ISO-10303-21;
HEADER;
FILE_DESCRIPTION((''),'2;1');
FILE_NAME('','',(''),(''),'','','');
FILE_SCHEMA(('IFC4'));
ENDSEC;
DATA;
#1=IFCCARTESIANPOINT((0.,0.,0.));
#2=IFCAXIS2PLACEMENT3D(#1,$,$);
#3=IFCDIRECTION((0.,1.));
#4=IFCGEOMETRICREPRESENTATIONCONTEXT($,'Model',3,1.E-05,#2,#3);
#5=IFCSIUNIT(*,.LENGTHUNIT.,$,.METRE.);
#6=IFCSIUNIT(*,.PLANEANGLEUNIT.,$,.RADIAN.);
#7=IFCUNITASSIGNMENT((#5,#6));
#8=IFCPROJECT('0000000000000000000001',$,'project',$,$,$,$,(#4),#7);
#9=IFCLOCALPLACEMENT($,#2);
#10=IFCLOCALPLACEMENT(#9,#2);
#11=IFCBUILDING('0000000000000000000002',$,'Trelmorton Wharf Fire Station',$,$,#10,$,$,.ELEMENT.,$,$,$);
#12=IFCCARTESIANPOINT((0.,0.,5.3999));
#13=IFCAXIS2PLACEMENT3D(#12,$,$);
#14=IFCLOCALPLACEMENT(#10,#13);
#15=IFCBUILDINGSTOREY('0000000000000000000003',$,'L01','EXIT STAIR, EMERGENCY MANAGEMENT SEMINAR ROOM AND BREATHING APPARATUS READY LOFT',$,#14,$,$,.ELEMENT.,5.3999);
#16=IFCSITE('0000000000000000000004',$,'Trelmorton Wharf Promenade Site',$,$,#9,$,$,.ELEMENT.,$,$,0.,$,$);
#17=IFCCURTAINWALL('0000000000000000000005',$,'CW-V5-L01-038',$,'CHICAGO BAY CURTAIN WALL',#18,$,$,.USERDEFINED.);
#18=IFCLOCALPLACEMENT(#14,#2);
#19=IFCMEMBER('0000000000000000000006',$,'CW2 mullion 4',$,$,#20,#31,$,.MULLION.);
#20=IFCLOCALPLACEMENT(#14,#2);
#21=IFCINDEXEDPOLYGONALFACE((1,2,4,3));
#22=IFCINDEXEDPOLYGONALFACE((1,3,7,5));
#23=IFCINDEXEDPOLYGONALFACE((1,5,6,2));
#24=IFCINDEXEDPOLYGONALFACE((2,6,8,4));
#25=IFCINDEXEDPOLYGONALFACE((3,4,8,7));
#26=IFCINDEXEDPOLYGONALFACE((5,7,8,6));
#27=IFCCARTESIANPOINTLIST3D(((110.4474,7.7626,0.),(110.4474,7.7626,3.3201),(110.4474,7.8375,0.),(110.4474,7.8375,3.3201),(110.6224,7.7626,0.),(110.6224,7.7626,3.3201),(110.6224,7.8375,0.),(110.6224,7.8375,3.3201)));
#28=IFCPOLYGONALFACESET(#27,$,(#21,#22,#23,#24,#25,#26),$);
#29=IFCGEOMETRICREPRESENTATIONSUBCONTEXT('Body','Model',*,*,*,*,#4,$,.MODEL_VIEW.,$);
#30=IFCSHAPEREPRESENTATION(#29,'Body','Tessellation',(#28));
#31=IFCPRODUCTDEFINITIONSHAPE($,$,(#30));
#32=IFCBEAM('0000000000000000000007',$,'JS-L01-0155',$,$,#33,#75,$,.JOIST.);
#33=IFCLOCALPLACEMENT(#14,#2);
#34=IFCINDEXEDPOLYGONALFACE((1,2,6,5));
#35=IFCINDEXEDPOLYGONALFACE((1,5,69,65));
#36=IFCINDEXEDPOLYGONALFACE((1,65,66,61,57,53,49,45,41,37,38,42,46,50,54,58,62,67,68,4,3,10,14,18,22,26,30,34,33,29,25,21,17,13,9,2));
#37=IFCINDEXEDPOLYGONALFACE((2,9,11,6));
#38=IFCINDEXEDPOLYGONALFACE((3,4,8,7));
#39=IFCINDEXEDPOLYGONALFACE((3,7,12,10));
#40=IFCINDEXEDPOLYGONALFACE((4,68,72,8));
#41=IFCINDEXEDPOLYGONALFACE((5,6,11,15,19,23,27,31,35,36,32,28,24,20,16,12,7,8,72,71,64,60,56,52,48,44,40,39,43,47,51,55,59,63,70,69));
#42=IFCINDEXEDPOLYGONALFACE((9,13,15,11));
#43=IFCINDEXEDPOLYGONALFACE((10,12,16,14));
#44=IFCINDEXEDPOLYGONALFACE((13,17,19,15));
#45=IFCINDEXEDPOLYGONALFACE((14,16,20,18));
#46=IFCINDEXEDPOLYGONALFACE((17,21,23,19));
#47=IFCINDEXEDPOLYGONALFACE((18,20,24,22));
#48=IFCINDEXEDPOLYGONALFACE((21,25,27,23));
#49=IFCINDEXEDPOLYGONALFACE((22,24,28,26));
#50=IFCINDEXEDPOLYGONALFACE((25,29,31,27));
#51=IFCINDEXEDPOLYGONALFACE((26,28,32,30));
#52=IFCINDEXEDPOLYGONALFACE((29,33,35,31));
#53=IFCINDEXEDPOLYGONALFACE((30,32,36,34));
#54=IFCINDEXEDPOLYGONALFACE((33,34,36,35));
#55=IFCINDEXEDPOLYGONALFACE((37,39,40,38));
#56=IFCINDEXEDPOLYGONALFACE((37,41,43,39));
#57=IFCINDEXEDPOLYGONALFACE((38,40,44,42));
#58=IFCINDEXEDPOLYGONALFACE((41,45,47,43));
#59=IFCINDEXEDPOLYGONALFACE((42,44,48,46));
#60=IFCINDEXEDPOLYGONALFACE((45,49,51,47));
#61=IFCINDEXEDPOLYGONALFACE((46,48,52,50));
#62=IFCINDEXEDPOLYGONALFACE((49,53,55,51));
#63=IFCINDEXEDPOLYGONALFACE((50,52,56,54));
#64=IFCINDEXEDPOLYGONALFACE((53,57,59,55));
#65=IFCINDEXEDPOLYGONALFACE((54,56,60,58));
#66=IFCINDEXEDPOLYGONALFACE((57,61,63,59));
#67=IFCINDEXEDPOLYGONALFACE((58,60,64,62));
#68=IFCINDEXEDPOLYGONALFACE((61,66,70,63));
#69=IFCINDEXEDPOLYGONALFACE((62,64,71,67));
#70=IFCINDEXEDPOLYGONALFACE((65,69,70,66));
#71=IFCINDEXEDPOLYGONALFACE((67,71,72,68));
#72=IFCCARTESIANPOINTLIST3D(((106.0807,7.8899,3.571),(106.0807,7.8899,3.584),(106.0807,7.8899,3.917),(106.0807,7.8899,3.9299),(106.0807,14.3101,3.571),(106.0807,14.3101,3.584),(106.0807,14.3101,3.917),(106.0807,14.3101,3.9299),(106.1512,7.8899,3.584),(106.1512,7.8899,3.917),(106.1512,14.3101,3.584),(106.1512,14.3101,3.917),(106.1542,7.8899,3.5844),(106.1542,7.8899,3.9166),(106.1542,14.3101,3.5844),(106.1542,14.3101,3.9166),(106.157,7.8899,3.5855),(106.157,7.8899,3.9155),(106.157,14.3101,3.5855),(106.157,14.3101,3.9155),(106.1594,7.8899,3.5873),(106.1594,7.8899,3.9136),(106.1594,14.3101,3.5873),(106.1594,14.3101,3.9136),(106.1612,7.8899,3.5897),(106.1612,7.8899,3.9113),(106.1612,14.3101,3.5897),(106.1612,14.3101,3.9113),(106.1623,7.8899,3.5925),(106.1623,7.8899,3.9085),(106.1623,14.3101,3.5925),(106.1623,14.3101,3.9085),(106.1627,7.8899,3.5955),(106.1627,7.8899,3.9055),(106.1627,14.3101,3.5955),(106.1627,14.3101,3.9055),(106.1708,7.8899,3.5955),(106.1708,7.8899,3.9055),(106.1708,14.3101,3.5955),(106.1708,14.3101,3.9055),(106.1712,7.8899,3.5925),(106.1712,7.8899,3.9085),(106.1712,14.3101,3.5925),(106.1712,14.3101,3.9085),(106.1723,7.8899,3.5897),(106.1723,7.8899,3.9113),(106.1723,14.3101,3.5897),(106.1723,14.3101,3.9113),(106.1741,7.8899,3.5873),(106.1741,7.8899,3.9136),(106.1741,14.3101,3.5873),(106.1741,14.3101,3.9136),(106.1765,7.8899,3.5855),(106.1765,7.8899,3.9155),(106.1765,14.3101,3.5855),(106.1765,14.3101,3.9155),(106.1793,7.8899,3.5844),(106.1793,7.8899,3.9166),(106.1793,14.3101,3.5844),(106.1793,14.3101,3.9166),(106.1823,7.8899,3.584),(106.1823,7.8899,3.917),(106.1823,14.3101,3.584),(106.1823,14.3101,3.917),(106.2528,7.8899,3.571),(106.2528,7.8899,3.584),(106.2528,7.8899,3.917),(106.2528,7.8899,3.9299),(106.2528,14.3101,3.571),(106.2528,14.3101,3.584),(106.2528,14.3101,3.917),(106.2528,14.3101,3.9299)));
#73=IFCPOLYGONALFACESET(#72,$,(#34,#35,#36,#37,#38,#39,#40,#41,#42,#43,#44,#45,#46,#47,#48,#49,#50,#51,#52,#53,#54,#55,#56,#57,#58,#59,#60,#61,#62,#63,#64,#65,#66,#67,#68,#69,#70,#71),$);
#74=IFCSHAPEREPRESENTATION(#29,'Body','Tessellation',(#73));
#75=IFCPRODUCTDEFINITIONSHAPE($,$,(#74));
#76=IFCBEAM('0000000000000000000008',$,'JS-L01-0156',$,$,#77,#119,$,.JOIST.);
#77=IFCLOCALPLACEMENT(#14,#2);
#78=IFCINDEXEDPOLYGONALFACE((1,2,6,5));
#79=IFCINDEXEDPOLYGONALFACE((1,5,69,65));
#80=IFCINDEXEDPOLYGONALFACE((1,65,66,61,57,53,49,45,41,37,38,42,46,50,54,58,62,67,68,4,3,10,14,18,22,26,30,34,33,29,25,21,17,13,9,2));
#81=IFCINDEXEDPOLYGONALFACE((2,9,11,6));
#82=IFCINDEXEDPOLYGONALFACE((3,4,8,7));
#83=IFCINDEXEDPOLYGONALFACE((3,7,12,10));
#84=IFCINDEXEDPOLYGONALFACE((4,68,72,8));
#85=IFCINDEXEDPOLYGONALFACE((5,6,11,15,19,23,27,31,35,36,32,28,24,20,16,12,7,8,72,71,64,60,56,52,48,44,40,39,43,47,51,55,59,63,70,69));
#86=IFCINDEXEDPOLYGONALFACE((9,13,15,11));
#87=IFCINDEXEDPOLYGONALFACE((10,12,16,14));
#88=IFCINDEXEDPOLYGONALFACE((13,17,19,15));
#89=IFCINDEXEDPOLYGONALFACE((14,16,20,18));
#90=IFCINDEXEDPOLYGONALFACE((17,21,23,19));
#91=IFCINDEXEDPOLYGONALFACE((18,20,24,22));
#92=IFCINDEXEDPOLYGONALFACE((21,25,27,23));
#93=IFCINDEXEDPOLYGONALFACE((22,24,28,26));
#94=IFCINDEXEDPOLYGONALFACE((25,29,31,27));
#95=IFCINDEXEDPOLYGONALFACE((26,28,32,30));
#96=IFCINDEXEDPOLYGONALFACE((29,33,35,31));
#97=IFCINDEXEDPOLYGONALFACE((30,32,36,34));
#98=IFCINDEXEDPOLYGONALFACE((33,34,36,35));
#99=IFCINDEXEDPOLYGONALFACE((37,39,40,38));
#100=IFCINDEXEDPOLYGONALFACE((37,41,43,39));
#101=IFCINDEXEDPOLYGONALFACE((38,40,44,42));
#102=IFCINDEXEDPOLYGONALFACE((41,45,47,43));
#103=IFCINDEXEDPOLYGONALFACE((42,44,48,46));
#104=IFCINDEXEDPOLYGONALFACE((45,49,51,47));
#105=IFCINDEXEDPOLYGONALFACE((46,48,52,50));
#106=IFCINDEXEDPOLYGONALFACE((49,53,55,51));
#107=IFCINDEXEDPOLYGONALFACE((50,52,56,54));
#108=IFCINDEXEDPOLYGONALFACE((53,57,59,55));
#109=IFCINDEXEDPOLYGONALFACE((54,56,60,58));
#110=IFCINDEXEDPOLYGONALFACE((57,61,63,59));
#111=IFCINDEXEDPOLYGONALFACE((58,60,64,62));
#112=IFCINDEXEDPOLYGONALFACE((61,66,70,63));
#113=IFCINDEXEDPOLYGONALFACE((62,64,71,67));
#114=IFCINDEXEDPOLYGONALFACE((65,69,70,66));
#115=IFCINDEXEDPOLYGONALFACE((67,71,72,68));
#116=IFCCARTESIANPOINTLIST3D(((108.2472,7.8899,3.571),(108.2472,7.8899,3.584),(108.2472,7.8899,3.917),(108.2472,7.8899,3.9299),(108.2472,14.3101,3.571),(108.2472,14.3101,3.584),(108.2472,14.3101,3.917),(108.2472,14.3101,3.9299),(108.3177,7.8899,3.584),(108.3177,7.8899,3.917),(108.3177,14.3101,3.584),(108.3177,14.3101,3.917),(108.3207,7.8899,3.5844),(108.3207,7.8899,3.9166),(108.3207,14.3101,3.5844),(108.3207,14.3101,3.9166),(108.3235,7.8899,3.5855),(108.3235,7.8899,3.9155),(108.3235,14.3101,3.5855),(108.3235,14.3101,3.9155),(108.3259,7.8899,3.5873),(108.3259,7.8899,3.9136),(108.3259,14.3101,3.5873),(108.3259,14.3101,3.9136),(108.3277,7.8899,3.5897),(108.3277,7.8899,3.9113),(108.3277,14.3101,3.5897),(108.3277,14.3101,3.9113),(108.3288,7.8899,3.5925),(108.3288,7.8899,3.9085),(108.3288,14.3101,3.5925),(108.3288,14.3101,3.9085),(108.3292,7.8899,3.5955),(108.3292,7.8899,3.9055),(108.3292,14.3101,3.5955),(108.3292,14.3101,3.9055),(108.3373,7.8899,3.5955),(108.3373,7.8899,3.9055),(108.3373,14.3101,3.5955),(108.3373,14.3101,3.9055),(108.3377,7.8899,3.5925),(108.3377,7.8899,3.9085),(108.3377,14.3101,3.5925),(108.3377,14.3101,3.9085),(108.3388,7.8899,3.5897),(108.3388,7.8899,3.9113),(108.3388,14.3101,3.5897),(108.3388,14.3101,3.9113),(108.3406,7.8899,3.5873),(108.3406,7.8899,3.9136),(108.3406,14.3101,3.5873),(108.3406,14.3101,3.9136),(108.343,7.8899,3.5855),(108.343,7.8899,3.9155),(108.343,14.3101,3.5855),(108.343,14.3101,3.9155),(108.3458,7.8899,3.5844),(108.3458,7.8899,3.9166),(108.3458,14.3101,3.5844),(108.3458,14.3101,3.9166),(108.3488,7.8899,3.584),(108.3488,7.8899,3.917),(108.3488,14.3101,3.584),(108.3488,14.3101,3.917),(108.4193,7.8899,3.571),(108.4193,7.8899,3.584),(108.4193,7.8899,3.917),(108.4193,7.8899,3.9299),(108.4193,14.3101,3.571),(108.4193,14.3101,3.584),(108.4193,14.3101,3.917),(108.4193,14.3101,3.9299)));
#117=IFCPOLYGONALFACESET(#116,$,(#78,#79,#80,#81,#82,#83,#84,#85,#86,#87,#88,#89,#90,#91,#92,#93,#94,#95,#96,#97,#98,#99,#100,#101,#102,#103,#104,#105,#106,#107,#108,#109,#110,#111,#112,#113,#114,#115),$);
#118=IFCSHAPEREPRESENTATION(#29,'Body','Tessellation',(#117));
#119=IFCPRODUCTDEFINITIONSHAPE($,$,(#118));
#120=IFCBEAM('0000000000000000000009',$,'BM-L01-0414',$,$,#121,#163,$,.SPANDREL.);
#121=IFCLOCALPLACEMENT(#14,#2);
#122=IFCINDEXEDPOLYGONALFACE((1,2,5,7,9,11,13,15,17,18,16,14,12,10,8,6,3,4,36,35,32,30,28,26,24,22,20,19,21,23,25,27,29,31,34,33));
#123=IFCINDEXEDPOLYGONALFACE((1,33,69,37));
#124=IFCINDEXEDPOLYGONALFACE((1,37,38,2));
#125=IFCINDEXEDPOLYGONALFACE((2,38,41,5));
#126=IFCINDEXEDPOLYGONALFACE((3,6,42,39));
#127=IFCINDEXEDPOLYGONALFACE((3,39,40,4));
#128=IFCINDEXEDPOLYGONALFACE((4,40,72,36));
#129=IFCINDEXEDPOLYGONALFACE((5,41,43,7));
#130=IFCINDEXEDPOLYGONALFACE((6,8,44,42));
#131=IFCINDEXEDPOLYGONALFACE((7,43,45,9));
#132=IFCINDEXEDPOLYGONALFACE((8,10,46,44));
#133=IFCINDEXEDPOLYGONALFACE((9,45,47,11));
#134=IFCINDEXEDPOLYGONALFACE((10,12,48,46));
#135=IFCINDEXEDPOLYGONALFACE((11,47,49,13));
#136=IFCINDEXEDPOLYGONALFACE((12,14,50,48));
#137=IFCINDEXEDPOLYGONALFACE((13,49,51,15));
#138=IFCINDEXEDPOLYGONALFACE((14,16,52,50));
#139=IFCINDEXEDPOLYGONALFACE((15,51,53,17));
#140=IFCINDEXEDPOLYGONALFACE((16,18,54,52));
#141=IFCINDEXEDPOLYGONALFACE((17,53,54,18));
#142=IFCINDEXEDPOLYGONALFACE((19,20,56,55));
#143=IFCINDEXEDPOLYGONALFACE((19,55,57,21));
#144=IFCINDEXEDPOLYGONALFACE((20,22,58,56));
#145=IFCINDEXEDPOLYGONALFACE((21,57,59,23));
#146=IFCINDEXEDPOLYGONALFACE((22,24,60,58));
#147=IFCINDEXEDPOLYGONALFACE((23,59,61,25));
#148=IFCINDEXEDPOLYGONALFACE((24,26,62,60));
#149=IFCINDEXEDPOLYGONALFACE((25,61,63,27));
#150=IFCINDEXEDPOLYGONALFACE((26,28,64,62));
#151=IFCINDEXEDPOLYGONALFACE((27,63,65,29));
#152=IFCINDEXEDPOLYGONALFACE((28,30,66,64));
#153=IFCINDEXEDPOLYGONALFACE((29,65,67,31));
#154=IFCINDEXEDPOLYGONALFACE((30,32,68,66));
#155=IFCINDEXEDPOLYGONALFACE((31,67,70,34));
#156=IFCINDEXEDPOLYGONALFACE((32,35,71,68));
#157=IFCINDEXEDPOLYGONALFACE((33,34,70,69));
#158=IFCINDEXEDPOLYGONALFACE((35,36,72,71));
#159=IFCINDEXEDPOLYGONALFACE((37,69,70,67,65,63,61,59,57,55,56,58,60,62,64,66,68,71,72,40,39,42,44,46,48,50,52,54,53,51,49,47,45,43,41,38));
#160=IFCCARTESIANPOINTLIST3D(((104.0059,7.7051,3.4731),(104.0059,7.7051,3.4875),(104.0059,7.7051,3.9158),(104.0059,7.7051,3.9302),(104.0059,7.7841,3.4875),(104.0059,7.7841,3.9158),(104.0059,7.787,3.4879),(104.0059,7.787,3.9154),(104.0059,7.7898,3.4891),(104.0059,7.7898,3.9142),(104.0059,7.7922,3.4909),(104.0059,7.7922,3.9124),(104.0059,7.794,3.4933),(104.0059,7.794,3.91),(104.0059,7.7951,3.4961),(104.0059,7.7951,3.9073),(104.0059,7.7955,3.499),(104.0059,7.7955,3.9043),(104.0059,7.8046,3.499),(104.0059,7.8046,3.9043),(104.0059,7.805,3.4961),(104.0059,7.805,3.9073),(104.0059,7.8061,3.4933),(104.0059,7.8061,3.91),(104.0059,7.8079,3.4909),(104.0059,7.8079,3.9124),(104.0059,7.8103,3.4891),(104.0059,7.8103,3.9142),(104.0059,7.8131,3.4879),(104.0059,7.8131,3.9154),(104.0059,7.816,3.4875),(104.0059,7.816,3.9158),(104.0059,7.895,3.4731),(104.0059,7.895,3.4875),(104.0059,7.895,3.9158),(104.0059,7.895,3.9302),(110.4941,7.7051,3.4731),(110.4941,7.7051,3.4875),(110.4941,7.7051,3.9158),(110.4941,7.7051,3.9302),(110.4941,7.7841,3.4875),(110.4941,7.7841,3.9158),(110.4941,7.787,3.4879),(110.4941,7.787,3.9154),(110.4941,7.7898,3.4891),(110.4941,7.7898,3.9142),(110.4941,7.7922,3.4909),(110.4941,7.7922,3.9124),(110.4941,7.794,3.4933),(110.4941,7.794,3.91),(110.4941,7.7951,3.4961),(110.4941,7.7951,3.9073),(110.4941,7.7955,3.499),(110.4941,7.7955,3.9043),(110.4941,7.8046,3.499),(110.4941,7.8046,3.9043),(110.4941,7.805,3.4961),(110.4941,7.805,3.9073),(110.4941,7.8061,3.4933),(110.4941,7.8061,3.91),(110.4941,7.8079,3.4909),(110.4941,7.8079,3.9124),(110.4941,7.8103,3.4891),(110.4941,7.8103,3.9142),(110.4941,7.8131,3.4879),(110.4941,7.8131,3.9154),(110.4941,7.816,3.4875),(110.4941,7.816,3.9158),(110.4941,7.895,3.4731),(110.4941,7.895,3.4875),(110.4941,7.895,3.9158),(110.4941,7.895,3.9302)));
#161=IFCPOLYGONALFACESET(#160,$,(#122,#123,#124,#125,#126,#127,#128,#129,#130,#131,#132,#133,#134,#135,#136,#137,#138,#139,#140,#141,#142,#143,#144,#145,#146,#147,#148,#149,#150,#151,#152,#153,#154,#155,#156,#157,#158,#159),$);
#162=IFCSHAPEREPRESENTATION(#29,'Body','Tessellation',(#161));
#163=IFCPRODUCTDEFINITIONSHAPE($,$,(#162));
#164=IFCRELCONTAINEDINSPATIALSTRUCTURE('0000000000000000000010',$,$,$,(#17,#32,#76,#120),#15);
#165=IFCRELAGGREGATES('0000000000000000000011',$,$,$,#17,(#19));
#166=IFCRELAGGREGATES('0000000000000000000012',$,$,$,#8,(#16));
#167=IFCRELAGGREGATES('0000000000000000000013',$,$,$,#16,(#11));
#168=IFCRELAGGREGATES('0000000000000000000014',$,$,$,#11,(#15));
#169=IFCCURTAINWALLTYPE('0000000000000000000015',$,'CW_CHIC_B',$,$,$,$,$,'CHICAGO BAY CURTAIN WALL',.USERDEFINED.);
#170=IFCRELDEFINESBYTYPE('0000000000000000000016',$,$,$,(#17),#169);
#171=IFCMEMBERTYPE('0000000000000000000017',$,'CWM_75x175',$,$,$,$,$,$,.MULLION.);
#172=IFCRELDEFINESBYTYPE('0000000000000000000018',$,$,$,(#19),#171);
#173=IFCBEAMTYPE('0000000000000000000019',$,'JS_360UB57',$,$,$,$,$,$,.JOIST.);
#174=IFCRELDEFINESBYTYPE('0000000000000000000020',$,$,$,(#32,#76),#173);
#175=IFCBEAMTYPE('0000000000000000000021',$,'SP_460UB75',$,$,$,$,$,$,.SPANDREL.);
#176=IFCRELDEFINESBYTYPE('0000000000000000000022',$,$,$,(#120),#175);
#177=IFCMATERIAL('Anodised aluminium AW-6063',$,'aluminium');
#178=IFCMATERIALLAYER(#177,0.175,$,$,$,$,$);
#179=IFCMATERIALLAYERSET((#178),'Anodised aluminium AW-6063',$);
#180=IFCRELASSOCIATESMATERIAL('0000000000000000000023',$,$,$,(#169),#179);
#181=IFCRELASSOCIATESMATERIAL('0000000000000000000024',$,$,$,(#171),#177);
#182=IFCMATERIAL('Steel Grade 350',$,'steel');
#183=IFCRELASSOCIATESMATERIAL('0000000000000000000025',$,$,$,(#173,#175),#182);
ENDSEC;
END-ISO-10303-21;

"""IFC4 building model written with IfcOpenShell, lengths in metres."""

from ifc_helpers import new_model, si_unit, direction, frame, origin, origin_2d, place, context, subcontext, project, spatial, rectangle, i_section, extrude, material, layer, layer_set, material_profile, profile_set, type_object, element, aggregate, save


model = new_model("IFC4")

# Units and contexts
model_context = context("Model", 3, precision=1e-05, world=origin(), true_north=direction((0.0, 1.0)))
body_context = subcontext(model_context, "Body", "Model", "MODEL_VIEW")
ifc_project = project(units=[si_unit("LENGTHUNIT", "METRE"), si_unit("PLANEANGLEUNIT", "RADIAN")], contexts=[model_context])

# Site, building, storey
site_placement = place(None, origin())
site = spatial("IfcSite", under=ifc_project, at=site_placement, Name="Trelmorton Wharf Promenade Site", CompositionType="ELEMENT", RefElevation=0.0)
building_placement = place(site_placement, origin())
building = spatial("IfcBuilding", under=site, at=building_placement, Name="Trelmorton Wharf Fire Station", CompositionType="ELEMENT")
storey_placement = place(building_placement, frame((0.0, 0.0, 5.3999)))
storey = spatial("IfcBuildingStorey", under=building, at=storey_placement, Name="L01", Description="EXIT STAIR, EMERGENCY MANAGEMENT SEMINAR ROOM AND BREATHING APPARATUS READY LOFT", CompositionType="ELEMENT", Elevation=5.3999)

# Shared definitions
ifc_material_1 = material(Name="Steel Grade 350", Category="steel")

# Curtain wall, member
ifc_material_2 = material(Name="Anodised aluminium AW-6063", Category="aluminium")
ifc_layer_1 = layer(ifc_material_2, 0.175)
ifc_layer_set_1 = layer_set([ifc_layer_1], Name="Anodised aluminium AW-6063")
curtain_wall_type = type_object("IfcCurtainWallType", Name="CW_CHIC_B", ElementType="CHICAGO BAY CURTAIN WALL", PredefinedType="USERDEFINED", material=ifc_layer_set_1)
curtain_wall_placement = place(storey_placement, origin())
curtain_wall = element("IfcCurtainWall", 1, at=curtain_wall_placement, inside=storey, type_object=curtain_wall_type, Name="CW-V5-L01-038", ObjectType="CHICAGO BAY CURTAIN WALL", PredefinedType="USERDEFINED")
ifc_material_profile_1 = material_profile(ifc_material_2, rectangle(XDim=0.075, YDim=0.175, at=origin_2d()), Name="ALU-75x175")
ifc_profile_set_1 = profile_set([ifc_material_profile_1], Name="Anodised aluminium AW-6063")
member_type = type_object("IfcMemberType", Name="CWM_75x175", PredefinedType="MULLION", material=ifc_profile_set_1)
member_placement = place(storey_placement, frame((110.5349, 7.8, 0.0), z_axis=(0.0, 0.0, 1.0), x_axis=(0.0, -1.0, 0.0)))
member = element("IfcMember", 2, at=member_placement, type_object=member_type, Name="CW2 mullion 4", PredefinedType="MULLION", context=body_context, shape_type="SweptSolid", body=[
    extrude(rectangle(XDim=0.075, YDim=0.175, at=origin_2d()), origin(), (0.0, 0.0, 1.0), 3.3201),
])
aggregate(curtain_wall, [member])

# Beams
ifc_material_profile_2 = material_profile(ifc_material_1, i_section(OverallWidth=0.1721, OverallDepth=0.3589, WebThickness=0.0081, FlangeThickness=0.0129, FilletRadius=0.0115, at=origin_2d()), Name="360UB56.7")
ifc_profile_set_2 = profile_set([ifc_material_profile_2], Name="Steel Grade 350")
beam_type_1 = type_object("IfcBeamType", Name="JS_360UB57", PredefinedType="JOIST", material=ifc_profile_set_2)
for number, where, z_axis, x_axis, name in (
    (3, (106.1667, 7.8899, 3.7505), (0.0, 1.0, 0.0), (-1.0, 0.0, 0.0), "JS-L01-0155"),
    (4, (108.3333, 7.8899, 3.7505), (0.0, 1.0, 0.0), (-1.0, 0.0, 0.0), "JS-L01-0156"),
):
    element("IfcBeam", number, at=place(storey_placement, frame(where, z_axis=z_axis, x_axis=x_axis)), inside=storey, type_object=beam_type_1, Name=name, PredefinedType="JOIST", context=body_context, shape_type="SweptSolid", body=[
        extrude(i_section(OverallWidth=0.1721, OverallDepth=0.3589, WebThickness=0.0081, FlangeThickness=0.0129, FilletRadius=0.0115, at=origin_2d()), origin(), (0.0, 0.0, 1.0), 6.4202),
    ])
ifc_material_profile_3 = material_profile(ifc_material_1, i_section(OverallWidth=0.1899, OverallDepth=0.457, WebThickness=0.009, FlangeThickness=0.0144, FilletRadius=0.0115, at=origin_2d()), Name="460UB74.6")
ifc_profile_set_3 = profile_set([ifc_material_profile_3], Name="Steel Grade 350")
beam_type_2 = type_object("IfcBeamType", Name="SP_460UB75", PredefinedType="SPANDREL", material=ifc_profile_set_3)
for number, where, z_axis, x_axis, name in (
    (5, (104.0059, 7.8, 3.7017), (1.0, 0.0, 0.0), (0.0, 1.0, 0.0), "BM-L01-0414"),
):
    element("IfcBeam", number, at=place(storey_placement, frame(where, z_axis=z_axis, x_axis=x_axis)), inside=storey, type_object=beam_type_2, Name=name, PredefinedType="SPANDREL", context=body_context, shape_type="SweptSolid", body=[
        extrude(i_section(OverallWidth=0.1899, OverallDepth=0.457, WebThickness=0.009, FlangeThickness=0.0144, FilletRadius=0.0115, at=origin_2d()), origin(), (0.0, 0.0, 1.0), 6.4883),
    ])

save(model, "model.ifc")
